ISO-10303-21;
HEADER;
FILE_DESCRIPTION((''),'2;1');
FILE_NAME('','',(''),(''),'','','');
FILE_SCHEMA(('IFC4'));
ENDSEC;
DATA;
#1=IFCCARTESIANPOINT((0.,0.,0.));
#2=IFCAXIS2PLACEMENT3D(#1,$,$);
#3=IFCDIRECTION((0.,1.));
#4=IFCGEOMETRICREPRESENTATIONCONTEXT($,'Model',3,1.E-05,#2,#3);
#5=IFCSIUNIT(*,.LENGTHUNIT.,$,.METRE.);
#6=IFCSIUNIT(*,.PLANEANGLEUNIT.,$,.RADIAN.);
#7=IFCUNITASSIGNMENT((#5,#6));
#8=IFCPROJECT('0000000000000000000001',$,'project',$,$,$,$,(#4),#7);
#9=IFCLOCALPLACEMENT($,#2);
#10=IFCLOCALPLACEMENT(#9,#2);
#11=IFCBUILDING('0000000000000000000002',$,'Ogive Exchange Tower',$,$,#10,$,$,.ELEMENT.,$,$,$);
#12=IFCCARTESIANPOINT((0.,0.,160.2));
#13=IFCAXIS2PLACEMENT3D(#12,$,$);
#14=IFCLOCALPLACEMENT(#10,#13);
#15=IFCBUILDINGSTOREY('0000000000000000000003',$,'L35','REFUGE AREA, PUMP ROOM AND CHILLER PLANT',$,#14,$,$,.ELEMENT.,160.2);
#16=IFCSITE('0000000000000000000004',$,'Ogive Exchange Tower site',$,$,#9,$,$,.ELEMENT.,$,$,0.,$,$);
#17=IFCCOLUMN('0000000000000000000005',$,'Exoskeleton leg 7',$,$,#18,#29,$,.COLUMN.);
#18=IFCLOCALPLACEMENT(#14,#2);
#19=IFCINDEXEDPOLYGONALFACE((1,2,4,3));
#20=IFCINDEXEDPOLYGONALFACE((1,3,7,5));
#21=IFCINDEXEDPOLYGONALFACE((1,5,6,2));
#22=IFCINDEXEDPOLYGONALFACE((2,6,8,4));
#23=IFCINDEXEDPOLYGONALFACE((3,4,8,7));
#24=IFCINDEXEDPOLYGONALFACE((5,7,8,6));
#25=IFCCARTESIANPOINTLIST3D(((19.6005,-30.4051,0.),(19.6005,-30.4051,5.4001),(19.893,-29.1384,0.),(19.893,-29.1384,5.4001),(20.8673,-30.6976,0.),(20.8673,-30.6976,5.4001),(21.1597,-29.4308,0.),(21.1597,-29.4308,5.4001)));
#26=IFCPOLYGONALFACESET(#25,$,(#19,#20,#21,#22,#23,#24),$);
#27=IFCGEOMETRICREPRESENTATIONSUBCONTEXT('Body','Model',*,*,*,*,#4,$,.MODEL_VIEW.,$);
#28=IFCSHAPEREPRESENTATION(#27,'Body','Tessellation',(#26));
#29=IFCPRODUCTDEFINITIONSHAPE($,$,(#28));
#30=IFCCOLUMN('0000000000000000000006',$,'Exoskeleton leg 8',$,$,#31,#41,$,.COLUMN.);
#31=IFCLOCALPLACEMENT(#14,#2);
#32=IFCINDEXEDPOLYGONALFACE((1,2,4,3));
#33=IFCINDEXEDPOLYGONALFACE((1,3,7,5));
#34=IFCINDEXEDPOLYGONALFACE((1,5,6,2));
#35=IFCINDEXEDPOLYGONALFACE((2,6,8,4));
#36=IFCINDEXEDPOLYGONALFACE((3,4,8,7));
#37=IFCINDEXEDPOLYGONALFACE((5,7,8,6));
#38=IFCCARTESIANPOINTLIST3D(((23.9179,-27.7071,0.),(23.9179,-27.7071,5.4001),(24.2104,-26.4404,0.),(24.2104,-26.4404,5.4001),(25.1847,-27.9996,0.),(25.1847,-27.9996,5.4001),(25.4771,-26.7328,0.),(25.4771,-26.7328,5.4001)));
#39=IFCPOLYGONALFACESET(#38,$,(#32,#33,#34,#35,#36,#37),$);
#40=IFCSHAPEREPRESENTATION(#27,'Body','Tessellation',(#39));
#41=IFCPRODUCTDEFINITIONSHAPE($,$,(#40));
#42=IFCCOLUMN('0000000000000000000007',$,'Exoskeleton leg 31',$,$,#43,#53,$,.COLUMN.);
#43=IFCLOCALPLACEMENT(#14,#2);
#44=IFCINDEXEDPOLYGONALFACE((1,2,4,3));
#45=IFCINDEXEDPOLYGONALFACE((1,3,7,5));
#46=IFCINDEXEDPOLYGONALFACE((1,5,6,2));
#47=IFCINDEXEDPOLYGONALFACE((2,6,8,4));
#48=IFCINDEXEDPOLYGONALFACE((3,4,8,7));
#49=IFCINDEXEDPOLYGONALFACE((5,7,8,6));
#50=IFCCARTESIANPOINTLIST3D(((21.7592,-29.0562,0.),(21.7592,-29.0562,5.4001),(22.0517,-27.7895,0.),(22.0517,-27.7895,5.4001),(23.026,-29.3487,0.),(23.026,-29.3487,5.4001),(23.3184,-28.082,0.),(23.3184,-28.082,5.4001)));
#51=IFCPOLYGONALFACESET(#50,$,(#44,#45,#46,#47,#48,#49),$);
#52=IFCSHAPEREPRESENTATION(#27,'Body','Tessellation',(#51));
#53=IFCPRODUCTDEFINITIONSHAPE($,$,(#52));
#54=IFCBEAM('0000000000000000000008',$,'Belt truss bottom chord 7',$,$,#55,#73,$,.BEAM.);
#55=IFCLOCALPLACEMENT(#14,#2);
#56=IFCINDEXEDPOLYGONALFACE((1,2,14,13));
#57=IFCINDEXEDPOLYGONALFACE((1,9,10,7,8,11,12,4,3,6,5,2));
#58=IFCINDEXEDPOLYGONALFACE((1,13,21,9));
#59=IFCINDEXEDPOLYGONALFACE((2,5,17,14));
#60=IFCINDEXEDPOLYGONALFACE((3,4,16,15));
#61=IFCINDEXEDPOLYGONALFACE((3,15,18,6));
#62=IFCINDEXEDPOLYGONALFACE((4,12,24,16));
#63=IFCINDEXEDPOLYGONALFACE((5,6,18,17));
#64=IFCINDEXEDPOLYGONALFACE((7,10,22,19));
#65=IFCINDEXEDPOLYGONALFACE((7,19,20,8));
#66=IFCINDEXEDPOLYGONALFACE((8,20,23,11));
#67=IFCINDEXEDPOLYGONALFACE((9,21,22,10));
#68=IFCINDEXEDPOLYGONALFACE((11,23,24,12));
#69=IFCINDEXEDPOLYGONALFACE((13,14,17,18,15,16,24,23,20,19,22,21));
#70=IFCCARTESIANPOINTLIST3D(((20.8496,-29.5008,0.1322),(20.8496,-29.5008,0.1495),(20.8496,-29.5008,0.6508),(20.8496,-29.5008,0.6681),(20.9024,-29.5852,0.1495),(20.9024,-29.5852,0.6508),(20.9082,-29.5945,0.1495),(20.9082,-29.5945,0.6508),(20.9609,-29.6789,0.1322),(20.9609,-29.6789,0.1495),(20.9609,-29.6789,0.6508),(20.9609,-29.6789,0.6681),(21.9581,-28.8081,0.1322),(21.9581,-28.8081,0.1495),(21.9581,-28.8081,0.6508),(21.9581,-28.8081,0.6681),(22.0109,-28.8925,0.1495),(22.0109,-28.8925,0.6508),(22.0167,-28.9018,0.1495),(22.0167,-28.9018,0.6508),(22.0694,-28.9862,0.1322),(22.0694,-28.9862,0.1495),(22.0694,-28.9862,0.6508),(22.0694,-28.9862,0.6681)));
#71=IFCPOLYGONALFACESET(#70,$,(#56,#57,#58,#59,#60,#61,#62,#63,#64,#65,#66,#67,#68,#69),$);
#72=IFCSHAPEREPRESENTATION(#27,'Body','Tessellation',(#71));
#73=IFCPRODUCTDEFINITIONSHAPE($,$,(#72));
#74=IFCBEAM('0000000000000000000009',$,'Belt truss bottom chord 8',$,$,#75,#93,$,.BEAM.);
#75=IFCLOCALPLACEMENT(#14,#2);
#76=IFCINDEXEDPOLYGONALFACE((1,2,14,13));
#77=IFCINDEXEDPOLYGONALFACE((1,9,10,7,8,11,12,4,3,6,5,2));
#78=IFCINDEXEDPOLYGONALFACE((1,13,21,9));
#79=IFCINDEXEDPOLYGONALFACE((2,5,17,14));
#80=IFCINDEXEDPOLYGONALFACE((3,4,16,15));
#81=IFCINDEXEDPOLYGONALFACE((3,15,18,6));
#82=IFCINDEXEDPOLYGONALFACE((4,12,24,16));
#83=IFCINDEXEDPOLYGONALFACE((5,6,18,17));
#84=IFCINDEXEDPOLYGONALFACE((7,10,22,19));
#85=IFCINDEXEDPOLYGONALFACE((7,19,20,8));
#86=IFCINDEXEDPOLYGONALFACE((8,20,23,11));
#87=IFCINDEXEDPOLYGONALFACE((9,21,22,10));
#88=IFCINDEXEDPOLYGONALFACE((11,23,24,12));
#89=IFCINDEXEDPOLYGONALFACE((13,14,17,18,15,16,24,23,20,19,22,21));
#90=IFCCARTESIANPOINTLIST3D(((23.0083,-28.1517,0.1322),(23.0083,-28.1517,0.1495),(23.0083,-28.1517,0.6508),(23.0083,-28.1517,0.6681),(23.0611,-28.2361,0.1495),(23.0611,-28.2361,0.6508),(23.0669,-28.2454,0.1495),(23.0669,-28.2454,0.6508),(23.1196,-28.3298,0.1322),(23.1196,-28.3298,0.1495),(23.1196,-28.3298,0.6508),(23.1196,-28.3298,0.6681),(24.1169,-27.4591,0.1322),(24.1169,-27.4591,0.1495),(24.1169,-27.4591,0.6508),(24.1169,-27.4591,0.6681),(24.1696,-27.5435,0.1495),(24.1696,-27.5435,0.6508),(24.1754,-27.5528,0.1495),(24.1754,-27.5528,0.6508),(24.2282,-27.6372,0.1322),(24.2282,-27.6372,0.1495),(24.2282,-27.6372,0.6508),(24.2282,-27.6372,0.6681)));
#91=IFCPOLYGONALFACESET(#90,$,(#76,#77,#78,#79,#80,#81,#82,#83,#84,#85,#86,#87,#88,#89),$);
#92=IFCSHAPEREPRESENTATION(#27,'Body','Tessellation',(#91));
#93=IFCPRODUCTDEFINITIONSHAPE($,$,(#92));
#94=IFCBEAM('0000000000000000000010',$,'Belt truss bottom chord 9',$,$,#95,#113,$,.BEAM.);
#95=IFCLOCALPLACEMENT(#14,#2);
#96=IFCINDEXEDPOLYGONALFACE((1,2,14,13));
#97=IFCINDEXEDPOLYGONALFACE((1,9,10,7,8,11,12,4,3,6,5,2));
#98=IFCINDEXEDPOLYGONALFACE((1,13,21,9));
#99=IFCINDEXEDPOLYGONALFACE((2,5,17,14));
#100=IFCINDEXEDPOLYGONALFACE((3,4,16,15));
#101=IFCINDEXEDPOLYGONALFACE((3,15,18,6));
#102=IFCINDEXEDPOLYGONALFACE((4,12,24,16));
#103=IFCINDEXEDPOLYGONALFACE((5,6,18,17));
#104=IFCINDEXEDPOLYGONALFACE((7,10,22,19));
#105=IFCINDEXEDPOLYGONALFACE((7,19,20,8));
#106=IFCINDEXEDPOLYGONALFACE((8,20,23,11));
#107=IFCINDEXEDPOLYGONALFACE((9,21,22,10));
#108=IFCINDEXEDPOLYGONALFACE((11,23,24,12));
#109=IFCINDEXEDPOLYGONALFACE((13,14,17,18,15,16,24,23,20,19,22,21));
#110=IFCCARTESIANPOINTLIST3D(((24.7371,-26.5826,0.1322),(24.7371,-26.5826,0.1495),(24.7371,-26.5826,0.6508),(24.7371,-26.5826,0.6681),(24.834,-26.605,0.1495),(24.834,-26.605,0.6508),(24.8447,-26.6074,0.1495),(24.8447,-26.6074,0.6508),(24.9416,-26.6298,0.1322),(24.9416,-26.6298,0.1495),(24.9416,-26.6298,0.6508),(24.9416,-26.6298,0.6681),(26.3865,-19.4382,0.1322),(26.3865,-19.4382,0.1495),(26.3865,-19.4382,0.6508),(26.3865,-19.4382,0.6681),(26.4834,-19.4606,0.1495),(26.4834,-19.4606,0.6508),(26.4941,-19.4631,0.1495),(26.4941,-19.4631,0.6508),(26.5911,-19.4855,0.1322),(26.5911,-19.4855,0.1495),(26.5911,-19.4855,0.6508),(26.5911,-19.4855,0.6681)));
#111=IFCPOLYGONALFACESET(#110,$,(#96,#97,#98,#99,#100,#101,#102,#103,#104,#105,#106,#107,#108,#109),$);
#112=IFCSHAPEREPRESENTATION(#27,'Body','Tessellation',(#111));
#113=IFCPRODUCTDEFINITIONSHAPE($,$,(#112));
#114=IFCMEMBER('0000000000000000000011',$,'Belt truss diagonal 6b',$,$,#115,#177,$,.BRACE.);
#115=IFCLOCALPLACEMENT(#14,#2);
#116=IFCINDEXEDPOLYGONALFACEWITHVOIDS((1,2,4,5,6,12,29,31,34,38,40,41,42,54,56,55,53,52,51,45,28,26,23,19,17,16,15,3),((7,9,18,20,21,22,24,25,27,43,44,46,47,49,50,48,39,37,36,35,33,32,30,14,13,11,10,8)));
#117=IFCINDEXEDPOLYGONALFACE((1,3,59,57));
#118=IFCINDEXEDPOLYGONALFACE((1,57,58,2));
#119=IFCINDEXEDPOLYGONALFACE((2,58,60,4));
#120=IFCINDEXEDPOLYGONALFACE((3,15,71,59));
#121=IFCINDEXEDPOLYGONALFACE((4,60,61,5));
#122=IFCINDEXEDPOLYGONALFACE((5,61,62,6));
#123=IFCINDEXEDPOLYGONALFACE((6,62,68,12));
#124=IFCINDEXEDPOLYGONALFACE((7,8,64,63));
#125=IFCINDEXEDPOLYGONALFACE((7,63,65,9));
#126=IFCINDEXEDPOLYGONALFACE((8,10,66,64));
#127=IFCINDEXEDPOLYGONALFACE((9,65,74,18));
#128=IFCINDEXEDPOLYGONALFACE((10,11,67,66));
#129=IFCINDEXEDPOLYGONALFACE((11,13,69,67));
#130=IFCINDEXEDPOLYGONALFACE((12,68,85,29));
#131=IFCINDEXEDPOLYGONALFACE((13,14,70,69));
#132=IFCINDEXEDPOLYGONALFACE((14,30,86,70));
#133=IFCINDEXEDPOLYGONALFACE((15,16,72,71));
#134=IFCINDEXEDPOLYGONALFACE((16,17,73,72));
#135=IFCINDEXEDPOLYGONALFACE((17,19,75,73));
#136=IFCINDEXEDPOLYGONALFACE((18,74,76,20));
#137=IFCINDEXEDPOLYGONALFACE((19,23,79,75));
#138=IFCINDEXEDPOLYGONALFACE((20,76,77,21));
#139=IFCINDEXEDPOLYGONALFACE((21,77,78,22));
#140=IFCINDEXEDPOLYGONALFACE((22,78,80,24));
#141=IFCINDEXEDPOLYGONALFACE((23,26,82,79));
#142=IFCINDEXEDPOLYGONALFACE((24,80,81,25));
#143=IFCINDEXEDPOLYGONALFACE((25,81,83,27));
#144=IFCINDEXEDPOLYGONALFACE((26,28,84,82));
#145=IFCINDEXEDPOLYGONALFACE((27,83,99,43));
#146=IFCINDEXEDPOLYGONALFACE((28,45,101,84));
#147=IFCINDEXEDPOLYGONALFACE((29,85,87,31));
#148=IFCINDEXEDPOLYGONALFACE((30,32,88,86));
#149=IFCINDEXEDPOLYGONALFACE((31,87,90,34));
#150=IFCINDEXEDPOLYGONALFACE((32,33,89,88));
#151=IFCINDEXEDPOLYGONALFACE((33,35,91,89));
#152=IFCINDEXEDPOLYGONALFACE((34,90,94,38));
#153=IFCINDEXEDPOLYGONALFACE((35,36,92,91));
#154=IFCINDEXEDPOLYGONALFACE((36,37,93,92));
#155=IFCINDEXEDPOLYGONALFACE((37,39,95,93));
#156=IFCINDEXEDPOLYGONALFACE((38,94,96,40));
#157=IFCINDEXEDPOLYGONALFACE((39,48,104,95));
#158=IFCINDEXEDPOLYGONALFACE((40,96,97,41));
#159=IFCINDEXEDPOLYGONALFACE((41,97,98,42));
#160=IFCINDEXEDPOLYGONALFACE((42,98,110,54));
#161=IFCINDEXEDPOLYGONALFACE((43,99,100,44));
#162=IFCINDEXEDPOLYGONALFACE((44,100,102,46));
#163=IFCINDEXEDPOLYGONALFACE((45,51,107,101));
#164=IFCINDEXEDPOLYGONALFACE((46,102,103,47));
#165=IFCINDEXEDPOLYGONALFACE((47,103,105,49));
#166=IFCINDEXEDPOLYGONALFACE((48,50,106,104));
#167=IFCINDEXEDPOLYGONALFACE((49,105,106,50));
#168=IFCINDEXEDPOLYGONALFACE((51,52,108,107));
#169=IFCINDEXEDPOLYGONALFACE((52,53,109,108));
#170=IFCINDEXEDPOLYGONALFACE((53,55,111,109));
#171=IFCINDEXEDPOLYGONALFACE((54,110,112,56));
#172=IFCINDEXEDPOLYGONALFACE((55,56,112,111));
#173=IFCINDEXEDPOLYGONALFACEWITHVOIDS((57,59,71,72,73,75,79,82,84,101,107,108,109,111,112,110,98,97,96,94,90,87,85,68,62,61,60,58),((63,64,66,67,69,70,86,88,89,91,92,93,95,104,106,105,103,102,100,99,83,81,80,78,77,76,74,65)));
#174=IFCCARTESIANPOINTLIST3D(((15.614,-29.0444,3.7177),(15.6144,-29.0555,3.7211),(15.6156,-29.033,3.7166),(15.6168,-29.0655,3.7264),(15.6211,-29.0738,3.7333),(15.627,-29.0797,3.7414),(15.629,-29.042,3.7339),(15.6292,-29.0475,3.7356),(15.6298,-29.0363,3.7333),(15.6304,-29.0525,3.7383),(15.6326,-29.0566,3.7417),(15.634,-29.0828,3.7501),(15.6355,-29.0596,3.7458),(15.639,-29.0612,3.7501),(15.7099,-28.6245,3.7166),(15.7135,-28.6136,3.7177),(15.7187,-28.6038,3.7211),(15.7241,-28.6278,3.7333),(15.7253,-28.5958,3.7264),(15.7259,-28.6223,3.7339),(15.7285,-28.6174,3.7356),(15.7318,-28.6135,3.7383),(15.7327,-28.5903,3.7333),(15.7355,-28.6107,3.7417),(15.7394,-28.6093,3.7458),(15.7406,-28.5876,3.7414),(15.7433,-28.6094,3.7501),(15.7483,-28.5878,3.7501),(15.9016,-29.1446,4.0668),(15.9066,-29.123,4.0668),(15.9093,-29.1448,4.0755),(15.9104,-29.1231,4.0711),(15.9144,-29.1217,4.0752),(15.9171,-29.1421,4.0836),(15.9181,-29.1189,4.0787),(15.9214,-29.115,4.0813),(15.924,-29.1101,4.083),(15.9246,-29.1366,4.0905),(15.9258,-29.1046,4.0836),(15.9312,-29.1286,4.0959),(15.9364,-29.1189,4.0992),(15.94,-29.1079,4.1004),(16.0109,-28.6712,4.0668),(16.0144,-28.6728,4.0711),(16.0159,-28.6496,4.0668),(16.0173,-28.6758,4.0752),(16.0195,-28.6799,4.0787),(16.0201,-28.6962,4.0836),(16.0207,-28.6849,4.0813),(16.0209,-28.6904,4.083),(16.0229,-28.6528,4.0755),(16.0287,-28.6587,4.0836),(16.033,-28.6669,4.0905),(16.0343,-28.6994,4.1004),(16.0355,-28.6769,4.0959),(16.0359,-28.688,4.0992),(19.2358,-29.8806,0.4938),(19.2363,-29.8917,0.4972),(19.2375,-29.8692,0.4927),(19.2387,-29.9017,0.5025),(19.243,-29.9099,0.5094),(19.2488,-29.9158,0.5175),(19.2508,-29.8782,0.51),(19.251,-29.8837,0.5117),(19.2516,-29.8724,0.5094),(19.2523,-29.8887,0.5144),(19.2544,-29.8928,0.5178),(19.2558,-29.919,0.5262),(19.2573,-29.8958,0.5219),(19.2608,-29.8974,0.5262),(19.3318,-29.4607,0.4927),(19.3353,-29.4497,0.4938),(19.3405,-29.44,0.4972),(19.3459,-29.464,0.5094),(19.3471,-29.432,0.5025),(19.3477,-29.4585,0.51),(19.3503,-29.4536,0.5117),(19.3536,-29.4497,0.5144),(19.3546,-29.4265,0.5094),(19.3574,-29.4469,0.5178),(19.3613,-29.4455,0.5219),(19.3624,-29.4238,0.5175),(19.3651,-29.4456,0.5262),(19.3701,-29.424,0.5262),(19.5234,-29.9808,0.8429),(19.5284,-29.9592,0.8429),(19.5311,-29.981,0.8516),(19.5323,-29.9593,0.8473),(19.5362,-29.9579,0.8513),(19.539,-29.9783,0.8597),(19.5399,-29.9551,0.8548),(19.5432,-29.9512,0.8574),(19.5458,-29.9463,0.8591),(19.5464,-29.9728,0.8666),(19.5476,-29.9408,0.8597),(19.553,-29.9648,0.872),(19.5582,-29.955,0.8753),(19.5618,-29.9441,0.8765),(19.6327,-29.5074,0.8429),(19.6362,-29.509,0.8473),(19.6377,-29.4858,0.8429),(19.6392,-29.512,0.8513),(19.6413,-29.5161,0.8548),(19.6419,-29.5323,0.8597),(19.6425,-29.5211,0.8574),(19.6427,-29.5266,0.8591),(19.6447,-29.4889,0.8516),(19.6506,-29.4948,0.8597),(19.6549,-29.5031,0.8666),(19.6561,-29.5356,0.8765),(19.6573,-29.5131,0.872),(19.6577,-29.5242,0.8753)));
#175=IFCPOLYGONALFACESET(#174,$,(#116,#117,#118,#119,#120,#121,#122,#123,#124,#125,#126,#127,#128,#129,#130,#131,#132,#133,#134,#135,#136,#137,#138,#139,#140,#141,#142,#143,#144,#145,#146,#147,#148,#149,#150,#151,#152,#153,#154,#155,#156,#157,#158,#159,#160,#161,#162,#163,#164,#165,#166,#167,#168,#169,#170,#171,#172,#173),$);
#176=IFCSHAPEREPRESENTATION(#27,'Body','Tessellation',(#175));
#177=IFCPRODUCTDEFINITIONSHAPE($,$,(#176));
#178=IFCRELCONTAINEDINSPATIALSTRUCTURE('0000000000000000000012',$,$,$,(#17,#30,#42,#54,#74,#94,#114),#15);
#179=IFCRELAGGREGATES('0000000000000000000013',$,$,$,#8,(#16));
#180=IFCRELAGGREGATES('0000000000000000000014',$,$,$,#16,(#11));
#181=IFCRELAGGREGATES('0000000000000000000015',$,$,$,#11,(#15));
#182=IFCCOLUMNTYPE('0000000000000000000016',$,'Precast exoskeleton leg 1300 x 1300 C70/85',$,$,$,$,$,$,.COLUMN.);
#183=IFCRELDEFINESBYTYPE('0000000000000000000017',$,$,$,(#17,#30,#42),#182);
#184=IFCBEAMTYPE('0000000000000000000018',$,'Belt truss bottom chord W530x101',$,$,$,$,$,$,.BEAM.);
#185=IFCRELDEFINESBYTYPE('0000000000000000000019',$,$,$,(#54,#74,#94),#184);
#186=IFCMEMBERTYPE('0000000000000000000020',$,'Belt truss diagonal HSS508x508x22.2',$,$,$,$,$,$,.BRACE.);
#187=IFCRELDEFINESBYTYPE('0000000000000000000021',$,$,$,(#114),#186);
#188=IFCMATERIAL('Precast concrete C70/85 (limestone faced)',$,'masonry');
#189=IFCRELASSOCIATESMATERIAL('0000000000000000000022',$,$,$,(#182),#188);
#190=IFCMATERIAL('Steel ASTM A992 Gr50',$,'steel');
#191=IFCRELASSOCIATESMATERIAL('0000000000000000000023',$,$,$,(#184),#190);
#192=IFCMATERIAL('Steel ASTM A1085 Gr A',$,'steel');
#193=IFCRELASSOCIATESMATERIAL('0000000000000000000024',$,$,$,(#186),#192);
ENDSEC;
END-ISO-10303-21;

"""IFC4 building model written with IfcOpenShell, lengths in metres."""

from ifc_helpers import new_model, si_unit, direction, frame, origin, origin_2d, place, context, subcontext, project, spatial, rectangle, hollow_rectangle, i_section, extrude, material, material_profile, profile_set, type_object, element, save


model = new_model("IFC4")

# Units and contexts
model_context = context("Model", 3, precision=1e-05, world=origin(), true_north=direction((0.0, 1.0)))
body_context = subcontext(model_context, "Body", "Model", "MODEL_VIEW")
ifc_project = project(units=[si_unit("LENGTHUNIT", "METRE"), si_unit("PLANEANGLEUNIT", "RADIAN")], contexts=[model_context])

# Site, building, storey
site_placement = place(None, origin())
site = spatial("IfcSite", under=ifc_project, at=site_placement, Name="Ogive Exchange Tower site", CompositionType="ELEMENT", RefElevation=0.0)
building_placement = place(site_placement, origin())
building = spatial("IfcBuilding", under=site, at=building_placement, Name="Ogive Exchange Tower", CompositionType="ELEMENT")
storey_placement = place(building_placement, frame((0.0, 0.0, 160.2)))
storey = spatial("IfcBuildingStorey", under=building, at=storey_placement, Name="L35", Description="REFUGE AREA, PUMP ROOM AND CHILLER PLANT", CompositionType="ELEMENT", Elevation=160.2)

# Columns
ifc_material_1 = material(Name="Precast concrete C70/85 (limestone faced)", Category="masonry")
ifc_material_profile_1 = material_profile(ifc_material_1, rectangle(XDim=1.3, YDim=1.3, at=origin_2d()), Name="1300 x 1300")
ifc_profile_set_1 = profile_set([ifc_material_profile_1], Name="Precast concrete C70/85 (limestone faced)")
column_type = type_object("IfcColumnType", Name="Precast exoskeleton leg 1300 x 1300 C70/85", PredefinedType="COLUMN", material=ifc_profile_set_1)
for number, where, z_axis, x_axis, name in (
    (1, (20.3801, -29.918, 0.0), (0.0, 0.0, 1.0), (0.97437, -0.224951, 0.0), "Exoskeleton leg 7"),
    (2, (24.6975, -27.22, 0.0), (0.0, 0.0, 1.0), (0.97437, -0.224951, 0.0), "Exoskeleton leg 8"),
    (3, (22.5388, -28.5691, 0.0), (0.0, 0.0, 1.0), (0.97437, -0.224951, 0.0), "Exoskeleton leg 31"),
):
    element("IfcColumn", number, at=place(storey_placement, frame(where, z_axis=z_axis, x_axis=x_axis)), inside=storey, type_object=column_type, Name=name, PredefinedType="COLUMN", context=body_context, shape_type="SweptSolid", body=[
        extrude(rectangle(XDim=1.3, YDim=1.3, at=origin_2d()), origin(), (0.0, 0.0, 1.0), 5.4001),
    ])

# Beams
ifc_material_2 = material(Name="Steel ASTM A992 Gr50", Category="steel")
ifc_material_profile_2 = material_profile(ifc_material_2, i_section(OverallWidth=0.21, OverallDepth=0.5359, WebThickness=0.011, FlangeThickness=0.0173, at=origin_2d()), Name="W530x101")
ifc_profile_set_2 = profile_set([ifc_material_profile_2], Name="Steel ASTM A992 Gr50")
beam_type_1 = type_object("IfcBeamType", Name="Belt truss bottom chord W530x101", PredefinedType="BEAM", material=ifc_profile_set_2)
for number, where, z_axis, x_axis, name in (
    (4, (20.9053, -29.5898, 0.4001), (0.84804, 0.529932, 0.0), (-0.529932, 0.84804, 0.0), "Belt truss bottom chord 7"),
    (5, (23.064, -28.2407, 0.4001), (0.848093, 0.529848, 0.0), (-0.529848, 0.848093, 0.0), "Belt truss bottom chord 8"),
):
    element("IfcBeam", number, at=place(storey_placement, frame(where, z_axis=z_axis, x_axis=x_axis)), inside=storey, type_object=beam_type_1, Name=name, PredefinedType="BEAM", context=body_context, shape_type="SweptSolid", body=[
        extrude(i_section(OverallWidth=0.21, OverallDepth=0.5359, WebThickness=0.011, FlangeThickness=0.0173, at=origin_2d()), origin(), (0.0, 0.0, 1.0), 1.3071),
    ])
beam_1_placement = place(storey_placement, frame((24.8394, -26.6062, 0.4001), z_axis=(0.224954, 0.974369, 0.0), x_axis=(-0.974369, 0.224954, 0.0)))
element("IfcBeam", 6, at=beam_1_placement, inside=storey, type_object=beam_type_1, Name="Belt truss bottom chord 9", PredefinedType="BEAM", context=body_context, shape_type="SweptSolid", body=[
    extrude(i_section(OverallWidth=0.21, OverallDepth=0.5359, WebThickness=0.011, FlangeThickness=0.0173, at=origin_2d()), origin(), (0.0, 0.0, 1.0), 7.3323),
])

# Member
ifc_material_3 = material(Name="Steel ASTM A1085 Gr A", Category="steel")
ifc_material_profile_3 = material_profile(ifc_material_3, hollow_rectangle(XDim=0.5081, YDim=0.5081, WallThickness=0.0222, InnerFilletRadius=0.0222, OuterFilletRadius=0.0444, at=origin_2d()), Name="HSS508x508x22.2")
ifc_profile_set_3 = profile_set([ifc_material_profile_3], Name="Steel ASTM A1085 Gr A")
member_type = type_object("IfcMemberType", Name="Belt truss diagonal HSS508x508x22.2", PredefinedType="BRACE", material=ifc_profile_set_3)
member_1_placement = place(storey_placement, frame((19.4468, -29.7024, 0.6846), z_axis=(-0.736086, 0.169942, 0.655208), x_axis=(-0.224955, -0.974369, 0.0)))
element("IfcMember", 7, at=member_1_placement, inside=storey, type_object=member_type, Name="Belt truss diagonal 6b", PredefinedType="BRACE", context=body_context, shape_type="SweptSolid", body=[
    extrude(hollow_rectangle(XDim=0.5081, YDim=0.5081, WallThickness=0.0222, InnerFilletRadius=0.0222, OuterFilletRadius=0.0444, at=origin_2d()), origin(), (0.0, 0.0, 1.0), 4.9204),
])

save(model, "model.ifc")
